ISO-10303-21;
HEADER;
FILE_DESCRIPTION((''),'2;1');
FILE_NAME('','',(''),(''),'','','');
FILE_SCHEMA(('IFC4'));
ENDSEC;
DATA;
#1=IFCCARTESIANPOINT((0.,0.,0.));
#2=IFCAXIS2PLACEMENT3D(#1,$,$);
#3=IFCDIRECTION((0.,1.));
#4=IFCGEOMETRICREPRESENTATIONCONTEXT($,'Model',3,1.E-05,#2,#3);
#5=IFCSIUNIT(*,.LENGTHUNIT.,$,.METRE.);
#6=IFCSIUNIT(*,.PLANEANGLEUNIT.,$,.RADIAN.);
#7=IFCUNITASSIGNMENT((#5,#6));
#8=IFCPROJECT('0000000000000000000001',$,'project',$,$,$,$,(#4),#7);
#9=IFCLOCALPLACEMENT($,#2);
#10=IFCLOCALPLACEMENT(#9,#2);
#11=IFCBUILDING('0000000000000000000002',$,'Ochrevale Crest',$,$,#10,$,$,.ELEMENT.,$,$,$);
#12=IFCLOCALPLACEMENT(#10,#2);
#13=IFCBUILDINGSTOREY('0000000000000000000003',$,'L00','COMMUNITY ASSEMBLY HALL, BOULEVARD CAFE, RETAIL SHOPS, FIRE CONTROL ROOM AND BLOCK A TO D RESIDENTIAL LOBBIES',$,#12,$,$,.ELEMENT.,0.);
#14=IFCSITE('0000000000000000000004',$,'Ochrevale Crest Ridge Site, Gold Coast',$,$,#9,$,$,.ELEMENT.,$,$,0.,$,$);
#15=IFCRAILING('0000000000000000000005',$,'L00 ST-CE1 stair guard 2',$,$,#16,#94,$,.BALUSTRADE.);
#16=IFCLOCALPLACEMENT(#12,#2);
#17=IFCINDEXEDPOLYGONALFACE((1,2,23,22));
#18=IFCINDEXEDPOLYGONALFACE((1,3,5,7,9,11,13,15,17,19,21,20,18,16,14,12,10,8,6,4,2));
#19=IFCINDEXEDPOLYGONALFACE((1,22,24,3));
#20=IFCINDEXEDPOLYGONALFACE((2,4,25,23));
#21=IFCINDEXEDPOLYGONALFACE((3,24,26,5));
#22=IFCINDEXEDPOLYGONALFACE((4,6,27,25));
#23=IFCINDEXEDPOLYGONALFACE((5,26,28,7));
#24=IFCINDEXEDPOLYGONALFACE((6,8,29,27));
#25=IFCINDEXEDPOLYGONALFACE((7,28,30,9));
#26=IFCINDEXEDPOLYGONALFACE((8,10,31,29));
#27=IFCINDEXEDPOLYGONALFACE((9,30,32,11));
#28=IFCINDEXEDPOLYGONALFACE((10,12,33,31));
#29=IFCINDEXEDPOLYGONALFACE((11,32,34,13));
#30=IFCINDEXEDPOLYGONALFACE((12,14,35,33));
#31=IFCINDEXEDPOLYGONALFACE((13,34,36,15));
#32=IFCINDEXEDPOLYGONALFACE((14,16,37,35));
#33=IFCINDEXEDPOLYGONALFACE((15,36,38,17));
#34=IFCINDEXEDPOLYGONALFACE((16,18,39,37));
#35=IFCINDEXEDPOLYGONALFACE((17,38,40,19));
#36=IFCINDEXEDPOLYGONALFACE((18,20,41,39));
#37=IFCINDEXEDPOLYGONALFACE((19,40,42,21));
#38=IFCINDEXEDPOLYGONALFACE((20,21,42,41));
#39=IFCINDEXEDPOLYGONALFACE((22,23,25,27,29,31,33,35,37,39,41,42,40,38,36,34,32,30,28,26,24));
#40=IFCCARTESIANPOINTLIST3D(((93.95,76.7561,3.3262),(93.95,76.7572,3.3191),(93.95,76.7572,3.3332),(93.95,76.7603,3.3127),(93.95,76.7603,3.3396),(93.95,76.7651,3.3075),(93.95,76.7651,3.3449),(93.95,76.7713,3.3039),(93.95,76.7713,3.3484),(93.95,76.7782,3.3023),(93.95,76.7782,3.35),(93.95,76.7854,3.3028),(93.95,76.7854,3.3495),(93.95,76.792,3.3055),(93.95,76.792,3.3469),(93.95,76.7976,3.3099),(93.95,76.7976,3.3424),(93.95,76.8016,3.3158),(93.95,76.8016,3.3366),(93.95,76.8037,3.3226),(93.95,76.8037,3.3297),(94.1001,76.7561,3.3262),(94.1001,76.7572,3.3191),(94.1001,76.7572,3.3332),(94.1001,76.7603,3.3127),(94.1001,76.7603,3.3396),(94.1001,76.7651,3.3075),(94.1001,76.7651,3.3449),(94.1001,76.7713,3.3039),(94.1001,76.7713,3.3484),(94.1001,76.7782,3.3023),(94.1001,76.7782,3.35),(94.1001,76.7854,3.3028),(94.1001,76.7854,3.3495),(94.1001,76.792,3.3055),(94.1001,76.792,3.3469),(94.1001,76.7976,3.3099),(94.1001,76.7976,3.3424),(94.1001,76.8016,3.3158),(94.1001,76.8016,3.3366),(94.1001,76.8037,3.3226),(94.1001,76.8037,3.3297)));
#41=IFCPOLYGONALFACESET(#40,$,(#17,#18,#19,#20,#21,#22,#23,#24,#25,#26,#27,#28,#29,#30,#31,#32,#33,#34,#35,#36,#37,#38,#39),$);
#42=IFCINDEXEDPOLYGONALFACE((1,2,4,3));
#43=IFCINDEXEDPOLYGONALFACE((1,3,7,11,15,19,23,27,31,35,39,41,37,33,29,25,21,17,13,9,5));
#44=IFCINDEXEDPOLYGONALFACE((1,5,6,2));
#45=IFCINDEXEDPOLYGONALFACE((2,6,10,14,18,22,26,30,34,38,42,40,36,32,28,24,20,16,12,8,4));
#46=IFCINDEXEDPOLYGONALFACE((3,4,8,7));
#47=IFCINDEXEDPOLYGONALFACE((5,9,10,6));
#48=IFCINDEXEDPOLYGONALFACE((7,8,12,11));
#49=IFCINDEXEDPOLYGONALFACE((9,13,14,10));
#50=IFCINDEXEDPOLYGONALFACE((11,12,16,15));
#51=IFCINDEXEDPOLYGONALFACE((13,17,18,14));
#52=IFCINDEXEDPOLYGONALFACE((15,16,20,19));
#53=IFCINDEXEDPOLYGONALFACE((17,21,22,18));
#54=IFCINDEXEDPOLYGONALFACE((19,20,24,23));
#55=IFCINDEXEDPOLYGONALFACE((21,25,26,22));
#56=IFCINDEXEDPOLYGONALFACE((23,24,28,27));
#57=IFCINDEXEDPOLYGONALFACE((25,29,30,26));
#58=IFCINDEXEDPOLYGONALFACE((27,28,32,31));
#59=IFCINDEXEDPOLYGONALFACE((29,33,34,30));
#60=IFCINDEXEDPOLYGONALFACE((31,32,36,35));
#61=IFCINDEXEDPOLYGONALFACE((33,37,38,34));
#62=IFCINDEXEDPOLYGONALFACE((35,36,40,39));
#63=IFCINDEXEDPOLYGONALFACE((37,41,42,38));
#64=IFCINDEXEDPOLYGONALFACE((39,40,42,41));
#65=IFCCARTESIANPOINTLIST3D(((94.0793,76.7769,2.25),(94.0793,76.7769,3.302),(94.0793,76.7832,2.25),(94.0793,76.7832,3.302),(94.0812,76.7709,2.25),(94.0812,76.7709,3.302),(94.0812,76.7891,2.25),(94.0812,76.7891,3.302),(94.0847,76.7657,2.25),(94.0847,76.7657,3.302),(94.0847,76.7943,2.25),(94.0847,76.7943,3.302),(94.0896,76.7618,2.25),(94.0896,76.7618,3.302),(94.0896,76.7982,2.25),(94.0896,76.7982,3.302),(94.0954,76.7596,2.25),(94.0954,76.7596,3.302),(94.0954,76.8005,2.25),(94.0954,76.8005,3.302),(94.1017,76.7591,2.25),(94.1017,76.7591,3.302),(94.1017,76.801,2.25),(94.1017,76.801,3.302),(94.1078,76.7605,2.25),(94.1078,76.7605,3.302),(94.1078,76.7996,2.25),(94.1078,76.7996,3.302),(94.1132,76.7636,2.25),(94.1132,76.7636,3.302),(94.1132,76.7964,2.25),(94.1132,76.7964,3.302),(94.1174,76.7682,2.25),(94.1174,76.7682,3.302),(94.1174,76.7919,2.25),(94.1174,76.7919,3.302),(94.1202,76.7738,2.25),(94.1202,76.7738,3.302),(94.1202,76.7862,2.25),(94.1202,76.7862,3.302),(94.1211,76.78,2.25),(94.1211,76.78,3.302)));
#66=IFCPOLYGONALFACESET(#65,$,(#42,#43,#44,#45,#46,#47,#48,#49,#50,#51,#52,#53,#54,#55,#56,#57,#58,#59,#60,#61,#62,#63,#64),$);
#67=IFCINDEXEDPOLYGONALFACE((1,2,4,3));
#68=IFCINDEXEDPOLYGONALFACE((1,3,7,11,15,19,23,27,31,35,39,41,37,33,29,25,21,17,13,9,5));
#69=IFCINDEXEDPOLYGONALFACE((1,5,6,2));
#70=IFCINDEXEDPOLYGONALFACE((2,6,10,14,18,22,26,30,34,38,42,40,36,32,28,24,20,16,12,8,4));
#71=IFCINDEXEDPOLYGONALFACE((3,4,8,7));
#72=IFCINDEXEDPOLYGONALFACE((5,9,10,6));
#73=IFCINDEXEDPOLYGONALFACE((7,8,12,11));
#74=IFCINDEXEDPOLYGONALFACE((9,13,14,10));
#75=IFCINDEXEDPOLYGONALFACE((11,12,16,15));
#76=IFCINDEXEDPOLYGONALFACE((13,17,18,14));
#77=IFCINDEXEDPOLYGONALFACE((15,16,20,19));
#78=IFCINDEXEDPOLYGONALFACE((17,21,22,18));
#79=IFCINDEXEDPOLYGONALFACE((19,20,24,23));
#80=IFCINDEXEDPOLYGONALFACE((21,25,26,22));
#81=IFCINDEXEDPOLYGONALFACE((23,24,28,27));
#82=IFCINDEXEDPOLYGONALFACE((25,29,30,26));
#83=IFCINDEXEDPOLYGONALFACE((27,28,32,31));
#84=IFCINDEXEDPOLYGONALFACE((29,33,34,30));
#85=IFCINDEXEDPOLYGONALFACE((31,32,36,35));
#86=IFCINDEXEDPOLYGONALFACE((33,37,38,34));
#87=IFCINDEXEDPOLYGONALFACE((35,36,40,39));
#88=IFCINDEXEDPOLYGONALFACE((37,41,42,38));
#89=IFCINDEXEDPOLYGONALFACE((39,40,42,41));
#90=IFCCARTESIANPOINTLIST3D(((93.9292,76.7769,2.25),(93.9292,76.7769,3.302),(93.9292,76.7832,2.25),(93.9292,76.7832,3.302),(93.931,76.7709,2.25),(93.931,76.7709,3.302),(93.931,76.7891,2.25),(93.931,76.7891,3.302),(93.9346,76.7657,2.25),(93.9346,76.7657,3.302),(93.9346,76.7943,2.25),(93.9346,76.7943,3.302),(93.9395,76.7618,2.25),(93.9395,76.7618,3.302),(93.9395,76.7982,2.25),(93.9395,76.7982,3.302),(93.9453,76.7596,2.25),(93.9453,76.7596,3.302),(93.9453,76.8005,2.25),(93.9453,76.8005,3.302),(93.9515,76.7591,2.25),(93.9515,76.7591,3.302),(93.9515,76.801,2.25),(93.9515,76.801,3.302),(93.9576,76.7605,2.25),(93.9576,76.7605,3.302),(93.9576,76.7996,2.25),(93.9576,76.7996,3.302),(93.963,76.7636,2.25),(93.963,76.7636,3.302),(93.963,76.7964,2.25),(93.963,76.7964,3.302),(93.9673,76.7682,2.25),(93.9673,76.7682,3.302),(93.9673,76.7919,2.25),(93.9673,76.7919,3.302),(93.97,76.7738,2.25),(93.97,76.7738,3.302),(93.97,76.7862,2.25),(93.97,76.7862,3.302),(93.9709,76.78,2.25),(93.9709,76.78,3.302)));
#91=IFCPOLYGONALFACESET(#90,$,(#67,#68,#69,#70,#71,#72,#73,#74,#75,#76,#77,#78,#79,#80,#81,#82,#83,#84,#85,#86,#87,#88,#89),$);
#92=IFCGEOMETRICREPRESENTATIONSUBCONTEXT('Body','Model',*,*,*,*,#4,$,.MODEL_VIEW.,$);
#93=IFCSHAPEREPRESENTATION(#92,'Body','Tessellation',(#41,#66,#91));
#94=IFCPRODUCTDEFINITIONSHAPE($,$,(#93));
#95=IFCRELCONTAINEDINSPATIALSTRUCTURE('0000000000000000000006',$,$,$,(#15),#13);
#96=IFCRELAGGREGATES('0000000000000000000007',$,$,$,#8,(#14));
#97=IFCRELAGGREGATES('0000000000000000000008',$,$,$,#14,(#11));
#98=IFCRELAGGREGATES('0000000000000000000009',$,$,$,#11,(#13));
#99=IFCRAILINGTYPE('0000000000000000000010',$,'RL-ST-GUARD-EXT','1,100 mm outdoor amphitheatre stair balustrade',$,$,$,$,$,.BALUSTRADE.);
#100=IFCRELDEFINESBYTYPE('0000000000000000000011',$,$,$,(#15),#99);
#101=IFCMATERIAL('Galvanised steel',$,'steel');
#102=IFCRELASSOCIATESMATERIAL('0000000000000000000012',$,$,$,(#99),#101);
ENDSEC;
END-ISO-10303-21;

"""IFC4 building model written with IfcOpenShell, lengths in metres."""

from ifc_helpers import new_model, si_unit, direction, frame, origin, origin_2d, place, context, subcontext, project, spatial, circle, extrude, material, type_object, element, save


model = new_model("IFC4")

# Units and contexts
model_context = context("Model", 3, precision=1e-05, world=origin(), true_north=direction((0.0, 1.0)))
body_context = subcontext(model_context, "Body", "Model", "MODEL_VIEW")
ifc_project = project(units=[si_unit("LENGTHUNIT", "METRE"), si_unit("PLANEANGLEUNIT", "RADIAN")], contexts=[model_context])

# Site, building, storey
site_placement = place(None, origin())
site = spatial("IfcSite", under=ifc_project, at=site_placement, Name="Ochrevale Crest Ridge Site, Gold Coast", CompositionType="ELEMENT", RefElevation=0.0)
building_placement = place(site_placement, origin())
building = spatial("IfcBuilding", under=site, at=building_placement, Name="Ochrevale Crest", CompositionType="ELEMENT")
storey_placement = place(building_placement, origin())
storey = spatial("IfcBuildingStorey", under=building, at=storey_placement, Name="L00", Description="COMMUNITY ASSEMBLY HALL, BOULEVARD CAFE, RETAIL SHOPS, FIRE CONTROL ROOM AND BLOCK A TO D RESIDENTIAL LOBBIES", CompositionType="ELEMENT", Elevation=0.0)

# Railing
ifc_material_1 = material(Name="Galvanised steel", Category="steel")
railing_type_1 = type_object("IfcRailingType", Name="RL-ST-GUARD-EXT", Description="1,100 mm outdoor amphitheatre stair balustrade", PredefinedType="BALUSTRADE", material=ifc_material_1)
railing_1_placement = place(storey_placement, frame((94.1001, 76.78, 2.25)))
element("IfcRailing", 1, at=railing_1_placement, inside=storey, type_object=railing_type_1, Name="L00 ST-CE1 stair guard 2", PredefinedType="BALUSTRADE", context=body_context, shape_type="SweptSolid", body=[
    extrude(circle(Radius=0.0239, at=origin_2d()), frame((0.0, 0.0, 1.0762), z_axis=(-1.0, 0.0, 0.0), x_axis=(0.0, -1.0, 0.0)), (0.0, 0.0, 1.0), 0.1501),
    extrude(circle(Radius=0.021, at=origin_2d()), origin(), (0.0, 0.0, 1.0), 1.052),
    extrude(circle(Radius=0.021, at=origin_2d()), frame((-0.1501, 0.0, 0.0)), (0.0, 0.0, 1.0), 1.052),
])

save(model, "model.ifc")
